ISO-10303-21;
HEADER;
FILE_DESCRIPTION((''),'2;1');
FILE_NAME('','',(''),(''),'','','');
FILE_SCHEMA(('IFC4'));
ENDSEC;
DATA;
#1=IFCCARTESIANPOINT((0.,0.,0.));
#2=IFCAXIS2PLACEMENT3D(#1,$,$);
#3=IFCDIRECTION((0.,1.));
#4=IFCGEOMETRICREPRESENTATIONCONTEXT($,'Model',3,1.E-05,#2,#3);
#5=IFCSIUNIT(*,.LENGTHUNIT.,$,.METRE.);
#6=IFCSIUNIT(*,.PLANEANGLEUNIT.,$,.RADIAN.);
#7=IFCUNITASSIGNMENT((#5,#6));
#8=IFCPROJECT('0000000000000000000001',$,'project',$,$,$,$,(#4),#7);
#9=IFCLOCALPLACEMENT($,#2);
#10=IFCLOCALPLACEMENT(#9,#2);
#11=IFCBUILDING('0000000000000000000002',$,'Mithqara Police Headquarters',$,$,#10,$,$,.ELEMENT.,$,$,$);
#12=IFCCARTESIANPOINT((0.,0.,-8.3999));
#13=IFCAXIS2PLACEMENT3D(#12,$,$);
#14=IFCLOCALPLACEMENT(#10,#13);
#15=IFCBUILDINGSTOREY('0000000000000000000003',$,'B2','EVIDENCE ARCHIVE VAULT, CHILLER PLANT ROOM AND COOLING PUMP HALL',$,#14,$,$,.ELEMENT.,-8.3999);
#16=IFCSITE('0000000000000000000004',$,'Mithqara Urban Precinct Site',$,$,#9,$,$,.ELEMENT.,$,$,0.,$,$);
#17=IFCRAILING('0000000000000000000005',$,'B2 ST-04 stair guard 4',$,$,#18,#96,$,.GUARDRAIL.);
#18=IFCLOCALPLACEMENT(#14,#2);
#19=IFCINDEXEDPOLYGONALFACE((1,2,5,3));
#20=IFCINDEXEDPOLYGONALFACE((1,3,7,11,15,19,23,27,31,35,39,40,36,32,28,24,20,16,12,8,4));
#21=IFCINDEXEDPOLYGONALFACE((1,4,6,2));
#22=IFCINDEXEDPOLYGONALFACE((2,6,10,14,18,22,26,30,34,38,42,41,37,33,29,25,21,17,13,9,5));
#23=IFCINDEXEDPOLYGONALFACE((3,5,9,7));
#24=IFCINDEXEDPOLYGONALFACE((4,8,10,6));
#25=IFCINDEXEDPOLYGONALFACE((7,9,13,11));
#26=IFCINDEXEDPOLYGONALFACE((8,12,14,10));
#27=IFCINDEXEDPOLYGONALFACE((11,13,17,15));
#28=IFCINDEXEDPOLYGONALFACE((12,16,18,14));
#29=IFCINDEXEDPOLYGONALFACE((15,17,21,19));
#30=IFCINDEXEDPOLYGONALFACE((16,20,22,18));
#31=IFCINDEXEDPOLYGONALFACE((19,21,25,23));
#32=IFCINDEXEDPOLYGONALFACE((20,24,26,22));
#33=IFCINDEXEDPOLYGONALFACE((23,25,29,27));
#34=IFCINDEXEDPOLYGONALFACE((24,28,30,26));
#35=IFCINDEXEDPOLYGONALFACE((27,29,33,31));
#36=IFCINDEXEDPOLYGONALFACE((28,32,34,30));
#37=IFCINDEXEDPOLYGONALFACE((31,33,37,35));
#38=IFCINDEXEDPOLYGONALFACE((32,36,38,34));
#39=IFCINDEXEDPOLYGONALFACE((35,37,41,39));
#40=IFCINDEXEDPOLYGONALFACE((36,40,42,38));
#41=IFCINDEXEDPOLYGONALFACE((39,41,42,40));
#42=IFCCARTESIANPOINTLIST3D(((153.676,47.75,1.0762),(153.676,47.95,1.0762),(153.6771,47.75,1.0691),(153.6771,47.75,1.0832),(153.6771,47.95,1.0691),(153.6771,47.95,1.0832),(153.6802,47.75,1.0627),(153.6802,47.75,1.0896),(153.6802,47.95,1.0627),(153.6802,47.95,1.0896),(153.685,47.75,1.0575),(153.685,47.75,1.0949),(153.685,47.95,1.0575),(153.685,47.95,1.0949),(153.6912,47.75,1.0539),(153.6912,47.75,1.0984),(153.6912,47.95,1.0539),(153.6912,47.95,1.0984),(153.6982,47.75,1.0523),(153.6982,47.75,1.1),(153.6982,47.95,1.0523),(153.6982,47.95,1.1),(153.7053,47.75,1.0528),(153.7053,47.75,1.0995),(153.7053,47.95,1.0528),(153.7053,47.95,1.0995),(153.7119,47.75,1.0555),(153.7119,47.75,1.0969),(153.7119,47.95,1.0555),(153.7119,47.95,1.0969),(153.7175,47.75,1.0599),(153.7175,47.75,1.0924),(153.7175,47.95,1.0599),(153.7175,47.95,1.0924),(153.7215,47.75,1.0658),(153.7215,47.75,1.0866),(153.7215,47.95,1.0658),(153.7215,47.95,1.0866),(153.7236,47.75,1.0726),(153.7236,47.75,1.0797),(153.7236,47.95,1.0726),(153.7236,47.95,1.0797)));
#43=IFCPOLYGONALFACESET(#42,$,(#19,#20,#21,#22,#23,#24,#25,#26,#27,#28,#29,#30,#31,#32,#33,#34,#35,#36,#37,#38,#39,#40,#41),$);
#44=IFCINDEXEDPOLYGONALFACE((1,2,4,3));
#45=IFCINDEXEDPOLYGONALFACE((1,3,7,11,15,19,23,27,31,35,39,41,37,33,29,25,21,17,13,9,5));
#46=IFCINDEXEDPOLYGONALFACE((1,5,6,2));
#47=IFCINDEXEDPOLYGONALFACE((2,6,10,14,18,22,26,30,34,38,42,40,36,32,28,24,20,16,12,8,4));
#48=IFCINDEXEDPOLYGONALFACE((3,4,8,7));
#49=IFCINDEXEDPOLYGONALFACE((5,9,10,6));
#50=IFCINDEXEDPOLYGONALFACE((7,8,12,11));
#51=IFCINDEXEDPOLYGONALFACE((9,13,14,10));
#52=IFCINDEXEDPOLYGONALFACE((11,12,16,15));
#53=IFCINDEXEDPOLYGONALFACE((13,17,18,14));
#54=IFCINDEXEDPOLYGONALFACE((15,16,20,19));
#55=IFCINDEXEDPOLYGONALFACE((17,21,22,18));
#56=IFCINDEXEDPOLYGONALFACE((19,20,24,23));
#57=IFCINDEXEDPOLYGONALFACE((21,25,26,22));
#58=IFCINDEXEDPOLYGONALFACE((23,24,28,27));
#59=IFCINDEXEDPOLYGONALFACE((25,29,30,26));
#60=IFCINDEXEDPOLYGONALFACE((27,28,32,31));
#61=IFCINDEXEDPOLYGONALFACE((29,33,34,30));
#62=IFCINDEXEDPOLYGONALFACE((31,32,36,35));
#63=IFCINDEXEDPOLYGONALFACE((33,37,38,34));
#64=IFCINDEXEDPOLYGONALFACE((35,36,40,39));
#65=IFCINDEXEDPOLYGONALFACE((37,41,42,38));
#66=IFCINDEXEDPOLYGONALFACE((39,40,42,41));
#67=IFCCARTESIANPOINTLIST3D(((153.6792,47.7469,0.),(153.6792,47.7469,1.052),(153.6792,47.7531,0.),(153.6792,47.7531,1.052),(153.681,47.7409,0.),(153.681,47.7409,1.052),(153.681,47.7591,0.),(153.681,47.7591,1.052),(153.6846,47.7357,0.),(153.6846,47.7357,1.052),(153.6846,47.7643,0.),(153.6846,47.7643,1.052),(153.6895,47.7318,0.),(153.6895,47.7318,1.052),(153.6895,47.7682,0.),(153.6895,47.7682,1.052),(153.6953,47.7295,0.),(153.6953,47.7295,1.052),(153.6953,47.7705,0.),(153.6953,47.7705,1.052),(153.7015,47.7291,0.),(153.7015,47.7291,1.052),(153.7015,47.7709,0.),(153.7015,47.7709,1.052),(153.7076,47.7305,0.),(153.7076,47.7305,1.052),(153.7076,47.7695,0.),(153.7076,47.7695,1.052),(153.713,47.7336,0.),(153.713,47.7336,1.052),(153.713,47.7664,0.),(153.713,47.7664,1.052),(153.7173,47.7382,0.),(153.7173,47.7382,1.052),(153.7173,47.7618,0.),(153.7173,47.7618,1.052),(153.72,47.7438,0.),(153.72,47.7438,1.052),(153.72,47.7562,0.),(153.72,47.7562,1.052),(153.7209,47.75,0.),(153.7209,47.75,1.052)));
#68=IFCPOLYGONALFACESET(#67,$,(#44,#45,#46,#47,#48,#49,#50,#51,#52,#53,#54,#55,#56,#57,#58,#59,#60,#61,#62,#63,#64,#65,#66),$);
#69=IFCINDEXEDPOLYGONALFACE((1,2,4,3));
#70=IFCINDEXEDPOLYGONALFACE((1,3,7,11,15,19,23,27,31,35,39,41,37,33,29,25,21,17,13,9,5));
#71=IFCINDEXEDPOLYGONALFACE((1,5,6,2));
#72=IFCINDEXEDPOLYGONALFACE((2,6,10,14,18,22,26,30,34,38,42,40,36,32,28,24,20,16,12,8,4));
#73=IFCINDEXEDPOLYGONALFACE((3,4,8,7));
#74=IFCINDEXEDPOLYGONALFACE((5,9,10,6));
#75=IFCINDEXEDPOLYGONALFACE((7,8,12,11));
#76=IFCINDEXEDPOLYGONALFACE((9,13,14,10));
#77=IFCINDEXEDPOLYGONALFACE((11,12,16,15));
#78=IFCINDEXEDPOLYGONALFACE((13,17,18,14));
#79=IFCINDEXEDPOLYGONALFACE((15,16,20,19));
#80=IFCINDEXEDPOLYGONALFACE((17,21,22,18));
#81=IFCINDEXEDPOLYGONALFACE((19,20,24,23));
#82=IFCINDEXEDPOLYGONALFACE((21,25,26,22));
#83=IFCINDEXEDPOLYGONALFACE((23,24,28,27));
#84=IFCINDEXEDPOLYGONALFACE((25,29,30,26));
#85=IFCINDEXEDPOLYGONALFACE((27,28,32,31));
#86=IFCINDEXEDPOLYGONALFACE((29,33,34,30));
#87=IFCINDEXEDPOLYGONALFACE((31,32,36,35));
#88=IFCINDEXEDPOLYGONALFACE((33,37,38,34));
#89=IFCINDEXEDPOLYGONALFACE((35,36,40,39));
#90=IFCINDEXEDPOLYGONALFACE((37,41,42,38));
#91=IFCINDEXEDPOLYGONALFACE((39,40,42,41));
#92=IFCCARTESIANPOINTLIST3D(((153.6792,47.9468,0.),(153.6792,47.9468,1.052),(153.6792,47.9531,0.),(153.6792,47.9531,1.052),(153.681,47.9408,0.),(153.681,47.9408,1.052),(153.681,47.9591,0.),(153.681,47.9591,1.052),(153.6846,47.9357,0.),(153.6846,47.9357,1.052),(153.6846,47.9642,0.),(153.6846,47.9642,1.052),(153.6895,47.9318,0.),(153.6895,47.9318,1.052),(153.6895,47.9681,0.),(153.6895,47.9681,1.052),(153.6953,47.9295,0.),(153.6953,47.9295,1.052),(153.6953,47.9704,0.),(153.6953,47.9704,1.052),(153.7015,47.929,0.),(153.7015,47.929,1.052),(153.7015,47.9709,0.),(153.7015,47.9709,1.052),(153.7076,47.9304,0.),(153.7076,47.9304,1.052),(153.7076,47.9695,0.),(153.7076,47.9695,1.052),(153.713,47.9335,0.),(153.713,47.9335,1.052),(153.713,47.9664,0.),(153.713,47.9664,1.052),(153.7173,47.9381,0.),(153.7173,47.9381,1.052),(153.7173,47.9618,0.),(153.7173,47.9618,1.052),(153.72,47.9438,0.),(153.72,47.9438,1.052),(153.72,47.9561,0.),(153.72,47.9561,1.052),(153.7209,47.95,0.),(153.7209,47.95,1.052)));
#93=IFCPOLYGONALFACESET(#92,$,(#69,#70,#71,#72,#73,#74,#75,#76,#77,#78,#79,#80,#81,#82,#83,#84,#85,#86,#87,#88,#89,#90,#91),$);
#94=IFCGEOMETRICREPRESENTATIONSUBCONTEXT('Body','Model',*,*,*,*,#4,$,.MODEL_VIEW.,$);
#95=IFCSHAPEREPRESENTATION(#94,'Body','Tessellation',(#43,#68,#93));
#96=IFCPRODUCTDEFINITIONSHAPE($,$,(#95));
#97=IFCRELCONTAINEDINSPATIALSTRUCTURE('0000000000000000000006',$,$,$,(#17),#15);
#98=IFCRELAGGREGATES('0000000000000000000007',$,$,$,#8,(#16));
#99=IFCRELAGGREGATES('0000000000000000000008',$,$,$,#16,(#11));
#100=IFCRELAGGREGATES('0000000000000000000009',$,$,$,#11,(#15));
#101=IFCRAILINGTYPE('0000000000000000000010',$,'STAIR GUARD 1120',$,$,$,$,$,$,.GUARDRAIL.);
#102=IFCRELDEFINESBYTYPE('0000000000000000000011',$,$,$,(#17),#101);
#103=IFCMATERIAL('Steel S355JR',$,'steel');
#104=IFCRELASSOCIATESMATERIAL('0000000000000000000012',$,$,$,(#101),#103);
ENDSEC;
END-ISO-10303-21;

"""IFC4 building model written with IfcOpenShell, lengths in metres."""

from ifc_helpers import new_model, si_unit, direction, frame, origin, origin_2d, place, context, subcontext, project, spatial, circle, extrude, material, type_object, element, save


model = new_model("IFC4")

# Units and contexts
model_context = context("Model", 3, precision=1e-05, world=origin(), true_north=direction((0.0, 1.0)))
body_context = subcontext(model_context, "Body", "Model", "MODEL_VIEW")
ifc_project = project(units=[si_unit("LENGTHUNIT", "METRE"), si_unit("PLANEANGLEUNIT", "RADIAN")], contexts=[model_context])

# Site, building, storey
site_placement = place(None, origin())
site = spatial("IfcSite", under=ifc_project, at=site_placement, Name="Mithqara Urban Precinct Site", CompositionType="ELEMENT", RefElevation=0.0)
building_placement = place(site_placement, origin())
building = spatial("IfcBuilding", under=site, at=building_placement, Name="Mithqara Police Headquarters", CompositionType="ELEMENT")
storey_placement = place(building_placement, frame((0.0, 0.0, -8.3999)))
storey = spatial("IfcBuildingStorey", under=building, at=storey_placement, Name="B2", Description="EVIDENCE ARCHIVE VAULT, CHILLER PLANT ROOM AND COOLING PUMP HALL", CompositionType="ELEMENT", Elevation=-8.3999)

# Railing
ifc_material_1 = material(Name="Steel S355JR", Category="steel")
railing_type_1 = type_object("IfcRailingType", Name="STAIR GUARD 1120", PredefinedType="GUARDRAIL", material=ifc_material_1)
railing_1_placement = place(storey_placement, frame((153.7, 47.75, 0.0)))
element("IfcRailing", 1, at=railing_1_placement, inside=storey, type_object=railing_type_1, Name="B2 ST-04 stair guard 4", PredefinedType="GUARDRAIL", context=body_context, shape_type="SweptSolid", body=[
    extrude(circle(Radius=0.0239, at=origin_2d()), frame((0.0, 0.0, 1.0762), z_axis=(0.0, 1.0, 0.0), x_axis=(-1.0, 0.0, 0.0)), (0.0, 0.0, 1.0), 0.2),
    extrude(circle(Radius=0.021, at=origin_2d()), origin(), (0.0, 0.0, 1.0), 1.052),
    extrude(circle(Radius=0.021, at=origin_2d()), frame((0.0, 0.2, 0.0)), (0.0, 0.0, 1.0), 1.052),
])

save(model, "model.ifc")
